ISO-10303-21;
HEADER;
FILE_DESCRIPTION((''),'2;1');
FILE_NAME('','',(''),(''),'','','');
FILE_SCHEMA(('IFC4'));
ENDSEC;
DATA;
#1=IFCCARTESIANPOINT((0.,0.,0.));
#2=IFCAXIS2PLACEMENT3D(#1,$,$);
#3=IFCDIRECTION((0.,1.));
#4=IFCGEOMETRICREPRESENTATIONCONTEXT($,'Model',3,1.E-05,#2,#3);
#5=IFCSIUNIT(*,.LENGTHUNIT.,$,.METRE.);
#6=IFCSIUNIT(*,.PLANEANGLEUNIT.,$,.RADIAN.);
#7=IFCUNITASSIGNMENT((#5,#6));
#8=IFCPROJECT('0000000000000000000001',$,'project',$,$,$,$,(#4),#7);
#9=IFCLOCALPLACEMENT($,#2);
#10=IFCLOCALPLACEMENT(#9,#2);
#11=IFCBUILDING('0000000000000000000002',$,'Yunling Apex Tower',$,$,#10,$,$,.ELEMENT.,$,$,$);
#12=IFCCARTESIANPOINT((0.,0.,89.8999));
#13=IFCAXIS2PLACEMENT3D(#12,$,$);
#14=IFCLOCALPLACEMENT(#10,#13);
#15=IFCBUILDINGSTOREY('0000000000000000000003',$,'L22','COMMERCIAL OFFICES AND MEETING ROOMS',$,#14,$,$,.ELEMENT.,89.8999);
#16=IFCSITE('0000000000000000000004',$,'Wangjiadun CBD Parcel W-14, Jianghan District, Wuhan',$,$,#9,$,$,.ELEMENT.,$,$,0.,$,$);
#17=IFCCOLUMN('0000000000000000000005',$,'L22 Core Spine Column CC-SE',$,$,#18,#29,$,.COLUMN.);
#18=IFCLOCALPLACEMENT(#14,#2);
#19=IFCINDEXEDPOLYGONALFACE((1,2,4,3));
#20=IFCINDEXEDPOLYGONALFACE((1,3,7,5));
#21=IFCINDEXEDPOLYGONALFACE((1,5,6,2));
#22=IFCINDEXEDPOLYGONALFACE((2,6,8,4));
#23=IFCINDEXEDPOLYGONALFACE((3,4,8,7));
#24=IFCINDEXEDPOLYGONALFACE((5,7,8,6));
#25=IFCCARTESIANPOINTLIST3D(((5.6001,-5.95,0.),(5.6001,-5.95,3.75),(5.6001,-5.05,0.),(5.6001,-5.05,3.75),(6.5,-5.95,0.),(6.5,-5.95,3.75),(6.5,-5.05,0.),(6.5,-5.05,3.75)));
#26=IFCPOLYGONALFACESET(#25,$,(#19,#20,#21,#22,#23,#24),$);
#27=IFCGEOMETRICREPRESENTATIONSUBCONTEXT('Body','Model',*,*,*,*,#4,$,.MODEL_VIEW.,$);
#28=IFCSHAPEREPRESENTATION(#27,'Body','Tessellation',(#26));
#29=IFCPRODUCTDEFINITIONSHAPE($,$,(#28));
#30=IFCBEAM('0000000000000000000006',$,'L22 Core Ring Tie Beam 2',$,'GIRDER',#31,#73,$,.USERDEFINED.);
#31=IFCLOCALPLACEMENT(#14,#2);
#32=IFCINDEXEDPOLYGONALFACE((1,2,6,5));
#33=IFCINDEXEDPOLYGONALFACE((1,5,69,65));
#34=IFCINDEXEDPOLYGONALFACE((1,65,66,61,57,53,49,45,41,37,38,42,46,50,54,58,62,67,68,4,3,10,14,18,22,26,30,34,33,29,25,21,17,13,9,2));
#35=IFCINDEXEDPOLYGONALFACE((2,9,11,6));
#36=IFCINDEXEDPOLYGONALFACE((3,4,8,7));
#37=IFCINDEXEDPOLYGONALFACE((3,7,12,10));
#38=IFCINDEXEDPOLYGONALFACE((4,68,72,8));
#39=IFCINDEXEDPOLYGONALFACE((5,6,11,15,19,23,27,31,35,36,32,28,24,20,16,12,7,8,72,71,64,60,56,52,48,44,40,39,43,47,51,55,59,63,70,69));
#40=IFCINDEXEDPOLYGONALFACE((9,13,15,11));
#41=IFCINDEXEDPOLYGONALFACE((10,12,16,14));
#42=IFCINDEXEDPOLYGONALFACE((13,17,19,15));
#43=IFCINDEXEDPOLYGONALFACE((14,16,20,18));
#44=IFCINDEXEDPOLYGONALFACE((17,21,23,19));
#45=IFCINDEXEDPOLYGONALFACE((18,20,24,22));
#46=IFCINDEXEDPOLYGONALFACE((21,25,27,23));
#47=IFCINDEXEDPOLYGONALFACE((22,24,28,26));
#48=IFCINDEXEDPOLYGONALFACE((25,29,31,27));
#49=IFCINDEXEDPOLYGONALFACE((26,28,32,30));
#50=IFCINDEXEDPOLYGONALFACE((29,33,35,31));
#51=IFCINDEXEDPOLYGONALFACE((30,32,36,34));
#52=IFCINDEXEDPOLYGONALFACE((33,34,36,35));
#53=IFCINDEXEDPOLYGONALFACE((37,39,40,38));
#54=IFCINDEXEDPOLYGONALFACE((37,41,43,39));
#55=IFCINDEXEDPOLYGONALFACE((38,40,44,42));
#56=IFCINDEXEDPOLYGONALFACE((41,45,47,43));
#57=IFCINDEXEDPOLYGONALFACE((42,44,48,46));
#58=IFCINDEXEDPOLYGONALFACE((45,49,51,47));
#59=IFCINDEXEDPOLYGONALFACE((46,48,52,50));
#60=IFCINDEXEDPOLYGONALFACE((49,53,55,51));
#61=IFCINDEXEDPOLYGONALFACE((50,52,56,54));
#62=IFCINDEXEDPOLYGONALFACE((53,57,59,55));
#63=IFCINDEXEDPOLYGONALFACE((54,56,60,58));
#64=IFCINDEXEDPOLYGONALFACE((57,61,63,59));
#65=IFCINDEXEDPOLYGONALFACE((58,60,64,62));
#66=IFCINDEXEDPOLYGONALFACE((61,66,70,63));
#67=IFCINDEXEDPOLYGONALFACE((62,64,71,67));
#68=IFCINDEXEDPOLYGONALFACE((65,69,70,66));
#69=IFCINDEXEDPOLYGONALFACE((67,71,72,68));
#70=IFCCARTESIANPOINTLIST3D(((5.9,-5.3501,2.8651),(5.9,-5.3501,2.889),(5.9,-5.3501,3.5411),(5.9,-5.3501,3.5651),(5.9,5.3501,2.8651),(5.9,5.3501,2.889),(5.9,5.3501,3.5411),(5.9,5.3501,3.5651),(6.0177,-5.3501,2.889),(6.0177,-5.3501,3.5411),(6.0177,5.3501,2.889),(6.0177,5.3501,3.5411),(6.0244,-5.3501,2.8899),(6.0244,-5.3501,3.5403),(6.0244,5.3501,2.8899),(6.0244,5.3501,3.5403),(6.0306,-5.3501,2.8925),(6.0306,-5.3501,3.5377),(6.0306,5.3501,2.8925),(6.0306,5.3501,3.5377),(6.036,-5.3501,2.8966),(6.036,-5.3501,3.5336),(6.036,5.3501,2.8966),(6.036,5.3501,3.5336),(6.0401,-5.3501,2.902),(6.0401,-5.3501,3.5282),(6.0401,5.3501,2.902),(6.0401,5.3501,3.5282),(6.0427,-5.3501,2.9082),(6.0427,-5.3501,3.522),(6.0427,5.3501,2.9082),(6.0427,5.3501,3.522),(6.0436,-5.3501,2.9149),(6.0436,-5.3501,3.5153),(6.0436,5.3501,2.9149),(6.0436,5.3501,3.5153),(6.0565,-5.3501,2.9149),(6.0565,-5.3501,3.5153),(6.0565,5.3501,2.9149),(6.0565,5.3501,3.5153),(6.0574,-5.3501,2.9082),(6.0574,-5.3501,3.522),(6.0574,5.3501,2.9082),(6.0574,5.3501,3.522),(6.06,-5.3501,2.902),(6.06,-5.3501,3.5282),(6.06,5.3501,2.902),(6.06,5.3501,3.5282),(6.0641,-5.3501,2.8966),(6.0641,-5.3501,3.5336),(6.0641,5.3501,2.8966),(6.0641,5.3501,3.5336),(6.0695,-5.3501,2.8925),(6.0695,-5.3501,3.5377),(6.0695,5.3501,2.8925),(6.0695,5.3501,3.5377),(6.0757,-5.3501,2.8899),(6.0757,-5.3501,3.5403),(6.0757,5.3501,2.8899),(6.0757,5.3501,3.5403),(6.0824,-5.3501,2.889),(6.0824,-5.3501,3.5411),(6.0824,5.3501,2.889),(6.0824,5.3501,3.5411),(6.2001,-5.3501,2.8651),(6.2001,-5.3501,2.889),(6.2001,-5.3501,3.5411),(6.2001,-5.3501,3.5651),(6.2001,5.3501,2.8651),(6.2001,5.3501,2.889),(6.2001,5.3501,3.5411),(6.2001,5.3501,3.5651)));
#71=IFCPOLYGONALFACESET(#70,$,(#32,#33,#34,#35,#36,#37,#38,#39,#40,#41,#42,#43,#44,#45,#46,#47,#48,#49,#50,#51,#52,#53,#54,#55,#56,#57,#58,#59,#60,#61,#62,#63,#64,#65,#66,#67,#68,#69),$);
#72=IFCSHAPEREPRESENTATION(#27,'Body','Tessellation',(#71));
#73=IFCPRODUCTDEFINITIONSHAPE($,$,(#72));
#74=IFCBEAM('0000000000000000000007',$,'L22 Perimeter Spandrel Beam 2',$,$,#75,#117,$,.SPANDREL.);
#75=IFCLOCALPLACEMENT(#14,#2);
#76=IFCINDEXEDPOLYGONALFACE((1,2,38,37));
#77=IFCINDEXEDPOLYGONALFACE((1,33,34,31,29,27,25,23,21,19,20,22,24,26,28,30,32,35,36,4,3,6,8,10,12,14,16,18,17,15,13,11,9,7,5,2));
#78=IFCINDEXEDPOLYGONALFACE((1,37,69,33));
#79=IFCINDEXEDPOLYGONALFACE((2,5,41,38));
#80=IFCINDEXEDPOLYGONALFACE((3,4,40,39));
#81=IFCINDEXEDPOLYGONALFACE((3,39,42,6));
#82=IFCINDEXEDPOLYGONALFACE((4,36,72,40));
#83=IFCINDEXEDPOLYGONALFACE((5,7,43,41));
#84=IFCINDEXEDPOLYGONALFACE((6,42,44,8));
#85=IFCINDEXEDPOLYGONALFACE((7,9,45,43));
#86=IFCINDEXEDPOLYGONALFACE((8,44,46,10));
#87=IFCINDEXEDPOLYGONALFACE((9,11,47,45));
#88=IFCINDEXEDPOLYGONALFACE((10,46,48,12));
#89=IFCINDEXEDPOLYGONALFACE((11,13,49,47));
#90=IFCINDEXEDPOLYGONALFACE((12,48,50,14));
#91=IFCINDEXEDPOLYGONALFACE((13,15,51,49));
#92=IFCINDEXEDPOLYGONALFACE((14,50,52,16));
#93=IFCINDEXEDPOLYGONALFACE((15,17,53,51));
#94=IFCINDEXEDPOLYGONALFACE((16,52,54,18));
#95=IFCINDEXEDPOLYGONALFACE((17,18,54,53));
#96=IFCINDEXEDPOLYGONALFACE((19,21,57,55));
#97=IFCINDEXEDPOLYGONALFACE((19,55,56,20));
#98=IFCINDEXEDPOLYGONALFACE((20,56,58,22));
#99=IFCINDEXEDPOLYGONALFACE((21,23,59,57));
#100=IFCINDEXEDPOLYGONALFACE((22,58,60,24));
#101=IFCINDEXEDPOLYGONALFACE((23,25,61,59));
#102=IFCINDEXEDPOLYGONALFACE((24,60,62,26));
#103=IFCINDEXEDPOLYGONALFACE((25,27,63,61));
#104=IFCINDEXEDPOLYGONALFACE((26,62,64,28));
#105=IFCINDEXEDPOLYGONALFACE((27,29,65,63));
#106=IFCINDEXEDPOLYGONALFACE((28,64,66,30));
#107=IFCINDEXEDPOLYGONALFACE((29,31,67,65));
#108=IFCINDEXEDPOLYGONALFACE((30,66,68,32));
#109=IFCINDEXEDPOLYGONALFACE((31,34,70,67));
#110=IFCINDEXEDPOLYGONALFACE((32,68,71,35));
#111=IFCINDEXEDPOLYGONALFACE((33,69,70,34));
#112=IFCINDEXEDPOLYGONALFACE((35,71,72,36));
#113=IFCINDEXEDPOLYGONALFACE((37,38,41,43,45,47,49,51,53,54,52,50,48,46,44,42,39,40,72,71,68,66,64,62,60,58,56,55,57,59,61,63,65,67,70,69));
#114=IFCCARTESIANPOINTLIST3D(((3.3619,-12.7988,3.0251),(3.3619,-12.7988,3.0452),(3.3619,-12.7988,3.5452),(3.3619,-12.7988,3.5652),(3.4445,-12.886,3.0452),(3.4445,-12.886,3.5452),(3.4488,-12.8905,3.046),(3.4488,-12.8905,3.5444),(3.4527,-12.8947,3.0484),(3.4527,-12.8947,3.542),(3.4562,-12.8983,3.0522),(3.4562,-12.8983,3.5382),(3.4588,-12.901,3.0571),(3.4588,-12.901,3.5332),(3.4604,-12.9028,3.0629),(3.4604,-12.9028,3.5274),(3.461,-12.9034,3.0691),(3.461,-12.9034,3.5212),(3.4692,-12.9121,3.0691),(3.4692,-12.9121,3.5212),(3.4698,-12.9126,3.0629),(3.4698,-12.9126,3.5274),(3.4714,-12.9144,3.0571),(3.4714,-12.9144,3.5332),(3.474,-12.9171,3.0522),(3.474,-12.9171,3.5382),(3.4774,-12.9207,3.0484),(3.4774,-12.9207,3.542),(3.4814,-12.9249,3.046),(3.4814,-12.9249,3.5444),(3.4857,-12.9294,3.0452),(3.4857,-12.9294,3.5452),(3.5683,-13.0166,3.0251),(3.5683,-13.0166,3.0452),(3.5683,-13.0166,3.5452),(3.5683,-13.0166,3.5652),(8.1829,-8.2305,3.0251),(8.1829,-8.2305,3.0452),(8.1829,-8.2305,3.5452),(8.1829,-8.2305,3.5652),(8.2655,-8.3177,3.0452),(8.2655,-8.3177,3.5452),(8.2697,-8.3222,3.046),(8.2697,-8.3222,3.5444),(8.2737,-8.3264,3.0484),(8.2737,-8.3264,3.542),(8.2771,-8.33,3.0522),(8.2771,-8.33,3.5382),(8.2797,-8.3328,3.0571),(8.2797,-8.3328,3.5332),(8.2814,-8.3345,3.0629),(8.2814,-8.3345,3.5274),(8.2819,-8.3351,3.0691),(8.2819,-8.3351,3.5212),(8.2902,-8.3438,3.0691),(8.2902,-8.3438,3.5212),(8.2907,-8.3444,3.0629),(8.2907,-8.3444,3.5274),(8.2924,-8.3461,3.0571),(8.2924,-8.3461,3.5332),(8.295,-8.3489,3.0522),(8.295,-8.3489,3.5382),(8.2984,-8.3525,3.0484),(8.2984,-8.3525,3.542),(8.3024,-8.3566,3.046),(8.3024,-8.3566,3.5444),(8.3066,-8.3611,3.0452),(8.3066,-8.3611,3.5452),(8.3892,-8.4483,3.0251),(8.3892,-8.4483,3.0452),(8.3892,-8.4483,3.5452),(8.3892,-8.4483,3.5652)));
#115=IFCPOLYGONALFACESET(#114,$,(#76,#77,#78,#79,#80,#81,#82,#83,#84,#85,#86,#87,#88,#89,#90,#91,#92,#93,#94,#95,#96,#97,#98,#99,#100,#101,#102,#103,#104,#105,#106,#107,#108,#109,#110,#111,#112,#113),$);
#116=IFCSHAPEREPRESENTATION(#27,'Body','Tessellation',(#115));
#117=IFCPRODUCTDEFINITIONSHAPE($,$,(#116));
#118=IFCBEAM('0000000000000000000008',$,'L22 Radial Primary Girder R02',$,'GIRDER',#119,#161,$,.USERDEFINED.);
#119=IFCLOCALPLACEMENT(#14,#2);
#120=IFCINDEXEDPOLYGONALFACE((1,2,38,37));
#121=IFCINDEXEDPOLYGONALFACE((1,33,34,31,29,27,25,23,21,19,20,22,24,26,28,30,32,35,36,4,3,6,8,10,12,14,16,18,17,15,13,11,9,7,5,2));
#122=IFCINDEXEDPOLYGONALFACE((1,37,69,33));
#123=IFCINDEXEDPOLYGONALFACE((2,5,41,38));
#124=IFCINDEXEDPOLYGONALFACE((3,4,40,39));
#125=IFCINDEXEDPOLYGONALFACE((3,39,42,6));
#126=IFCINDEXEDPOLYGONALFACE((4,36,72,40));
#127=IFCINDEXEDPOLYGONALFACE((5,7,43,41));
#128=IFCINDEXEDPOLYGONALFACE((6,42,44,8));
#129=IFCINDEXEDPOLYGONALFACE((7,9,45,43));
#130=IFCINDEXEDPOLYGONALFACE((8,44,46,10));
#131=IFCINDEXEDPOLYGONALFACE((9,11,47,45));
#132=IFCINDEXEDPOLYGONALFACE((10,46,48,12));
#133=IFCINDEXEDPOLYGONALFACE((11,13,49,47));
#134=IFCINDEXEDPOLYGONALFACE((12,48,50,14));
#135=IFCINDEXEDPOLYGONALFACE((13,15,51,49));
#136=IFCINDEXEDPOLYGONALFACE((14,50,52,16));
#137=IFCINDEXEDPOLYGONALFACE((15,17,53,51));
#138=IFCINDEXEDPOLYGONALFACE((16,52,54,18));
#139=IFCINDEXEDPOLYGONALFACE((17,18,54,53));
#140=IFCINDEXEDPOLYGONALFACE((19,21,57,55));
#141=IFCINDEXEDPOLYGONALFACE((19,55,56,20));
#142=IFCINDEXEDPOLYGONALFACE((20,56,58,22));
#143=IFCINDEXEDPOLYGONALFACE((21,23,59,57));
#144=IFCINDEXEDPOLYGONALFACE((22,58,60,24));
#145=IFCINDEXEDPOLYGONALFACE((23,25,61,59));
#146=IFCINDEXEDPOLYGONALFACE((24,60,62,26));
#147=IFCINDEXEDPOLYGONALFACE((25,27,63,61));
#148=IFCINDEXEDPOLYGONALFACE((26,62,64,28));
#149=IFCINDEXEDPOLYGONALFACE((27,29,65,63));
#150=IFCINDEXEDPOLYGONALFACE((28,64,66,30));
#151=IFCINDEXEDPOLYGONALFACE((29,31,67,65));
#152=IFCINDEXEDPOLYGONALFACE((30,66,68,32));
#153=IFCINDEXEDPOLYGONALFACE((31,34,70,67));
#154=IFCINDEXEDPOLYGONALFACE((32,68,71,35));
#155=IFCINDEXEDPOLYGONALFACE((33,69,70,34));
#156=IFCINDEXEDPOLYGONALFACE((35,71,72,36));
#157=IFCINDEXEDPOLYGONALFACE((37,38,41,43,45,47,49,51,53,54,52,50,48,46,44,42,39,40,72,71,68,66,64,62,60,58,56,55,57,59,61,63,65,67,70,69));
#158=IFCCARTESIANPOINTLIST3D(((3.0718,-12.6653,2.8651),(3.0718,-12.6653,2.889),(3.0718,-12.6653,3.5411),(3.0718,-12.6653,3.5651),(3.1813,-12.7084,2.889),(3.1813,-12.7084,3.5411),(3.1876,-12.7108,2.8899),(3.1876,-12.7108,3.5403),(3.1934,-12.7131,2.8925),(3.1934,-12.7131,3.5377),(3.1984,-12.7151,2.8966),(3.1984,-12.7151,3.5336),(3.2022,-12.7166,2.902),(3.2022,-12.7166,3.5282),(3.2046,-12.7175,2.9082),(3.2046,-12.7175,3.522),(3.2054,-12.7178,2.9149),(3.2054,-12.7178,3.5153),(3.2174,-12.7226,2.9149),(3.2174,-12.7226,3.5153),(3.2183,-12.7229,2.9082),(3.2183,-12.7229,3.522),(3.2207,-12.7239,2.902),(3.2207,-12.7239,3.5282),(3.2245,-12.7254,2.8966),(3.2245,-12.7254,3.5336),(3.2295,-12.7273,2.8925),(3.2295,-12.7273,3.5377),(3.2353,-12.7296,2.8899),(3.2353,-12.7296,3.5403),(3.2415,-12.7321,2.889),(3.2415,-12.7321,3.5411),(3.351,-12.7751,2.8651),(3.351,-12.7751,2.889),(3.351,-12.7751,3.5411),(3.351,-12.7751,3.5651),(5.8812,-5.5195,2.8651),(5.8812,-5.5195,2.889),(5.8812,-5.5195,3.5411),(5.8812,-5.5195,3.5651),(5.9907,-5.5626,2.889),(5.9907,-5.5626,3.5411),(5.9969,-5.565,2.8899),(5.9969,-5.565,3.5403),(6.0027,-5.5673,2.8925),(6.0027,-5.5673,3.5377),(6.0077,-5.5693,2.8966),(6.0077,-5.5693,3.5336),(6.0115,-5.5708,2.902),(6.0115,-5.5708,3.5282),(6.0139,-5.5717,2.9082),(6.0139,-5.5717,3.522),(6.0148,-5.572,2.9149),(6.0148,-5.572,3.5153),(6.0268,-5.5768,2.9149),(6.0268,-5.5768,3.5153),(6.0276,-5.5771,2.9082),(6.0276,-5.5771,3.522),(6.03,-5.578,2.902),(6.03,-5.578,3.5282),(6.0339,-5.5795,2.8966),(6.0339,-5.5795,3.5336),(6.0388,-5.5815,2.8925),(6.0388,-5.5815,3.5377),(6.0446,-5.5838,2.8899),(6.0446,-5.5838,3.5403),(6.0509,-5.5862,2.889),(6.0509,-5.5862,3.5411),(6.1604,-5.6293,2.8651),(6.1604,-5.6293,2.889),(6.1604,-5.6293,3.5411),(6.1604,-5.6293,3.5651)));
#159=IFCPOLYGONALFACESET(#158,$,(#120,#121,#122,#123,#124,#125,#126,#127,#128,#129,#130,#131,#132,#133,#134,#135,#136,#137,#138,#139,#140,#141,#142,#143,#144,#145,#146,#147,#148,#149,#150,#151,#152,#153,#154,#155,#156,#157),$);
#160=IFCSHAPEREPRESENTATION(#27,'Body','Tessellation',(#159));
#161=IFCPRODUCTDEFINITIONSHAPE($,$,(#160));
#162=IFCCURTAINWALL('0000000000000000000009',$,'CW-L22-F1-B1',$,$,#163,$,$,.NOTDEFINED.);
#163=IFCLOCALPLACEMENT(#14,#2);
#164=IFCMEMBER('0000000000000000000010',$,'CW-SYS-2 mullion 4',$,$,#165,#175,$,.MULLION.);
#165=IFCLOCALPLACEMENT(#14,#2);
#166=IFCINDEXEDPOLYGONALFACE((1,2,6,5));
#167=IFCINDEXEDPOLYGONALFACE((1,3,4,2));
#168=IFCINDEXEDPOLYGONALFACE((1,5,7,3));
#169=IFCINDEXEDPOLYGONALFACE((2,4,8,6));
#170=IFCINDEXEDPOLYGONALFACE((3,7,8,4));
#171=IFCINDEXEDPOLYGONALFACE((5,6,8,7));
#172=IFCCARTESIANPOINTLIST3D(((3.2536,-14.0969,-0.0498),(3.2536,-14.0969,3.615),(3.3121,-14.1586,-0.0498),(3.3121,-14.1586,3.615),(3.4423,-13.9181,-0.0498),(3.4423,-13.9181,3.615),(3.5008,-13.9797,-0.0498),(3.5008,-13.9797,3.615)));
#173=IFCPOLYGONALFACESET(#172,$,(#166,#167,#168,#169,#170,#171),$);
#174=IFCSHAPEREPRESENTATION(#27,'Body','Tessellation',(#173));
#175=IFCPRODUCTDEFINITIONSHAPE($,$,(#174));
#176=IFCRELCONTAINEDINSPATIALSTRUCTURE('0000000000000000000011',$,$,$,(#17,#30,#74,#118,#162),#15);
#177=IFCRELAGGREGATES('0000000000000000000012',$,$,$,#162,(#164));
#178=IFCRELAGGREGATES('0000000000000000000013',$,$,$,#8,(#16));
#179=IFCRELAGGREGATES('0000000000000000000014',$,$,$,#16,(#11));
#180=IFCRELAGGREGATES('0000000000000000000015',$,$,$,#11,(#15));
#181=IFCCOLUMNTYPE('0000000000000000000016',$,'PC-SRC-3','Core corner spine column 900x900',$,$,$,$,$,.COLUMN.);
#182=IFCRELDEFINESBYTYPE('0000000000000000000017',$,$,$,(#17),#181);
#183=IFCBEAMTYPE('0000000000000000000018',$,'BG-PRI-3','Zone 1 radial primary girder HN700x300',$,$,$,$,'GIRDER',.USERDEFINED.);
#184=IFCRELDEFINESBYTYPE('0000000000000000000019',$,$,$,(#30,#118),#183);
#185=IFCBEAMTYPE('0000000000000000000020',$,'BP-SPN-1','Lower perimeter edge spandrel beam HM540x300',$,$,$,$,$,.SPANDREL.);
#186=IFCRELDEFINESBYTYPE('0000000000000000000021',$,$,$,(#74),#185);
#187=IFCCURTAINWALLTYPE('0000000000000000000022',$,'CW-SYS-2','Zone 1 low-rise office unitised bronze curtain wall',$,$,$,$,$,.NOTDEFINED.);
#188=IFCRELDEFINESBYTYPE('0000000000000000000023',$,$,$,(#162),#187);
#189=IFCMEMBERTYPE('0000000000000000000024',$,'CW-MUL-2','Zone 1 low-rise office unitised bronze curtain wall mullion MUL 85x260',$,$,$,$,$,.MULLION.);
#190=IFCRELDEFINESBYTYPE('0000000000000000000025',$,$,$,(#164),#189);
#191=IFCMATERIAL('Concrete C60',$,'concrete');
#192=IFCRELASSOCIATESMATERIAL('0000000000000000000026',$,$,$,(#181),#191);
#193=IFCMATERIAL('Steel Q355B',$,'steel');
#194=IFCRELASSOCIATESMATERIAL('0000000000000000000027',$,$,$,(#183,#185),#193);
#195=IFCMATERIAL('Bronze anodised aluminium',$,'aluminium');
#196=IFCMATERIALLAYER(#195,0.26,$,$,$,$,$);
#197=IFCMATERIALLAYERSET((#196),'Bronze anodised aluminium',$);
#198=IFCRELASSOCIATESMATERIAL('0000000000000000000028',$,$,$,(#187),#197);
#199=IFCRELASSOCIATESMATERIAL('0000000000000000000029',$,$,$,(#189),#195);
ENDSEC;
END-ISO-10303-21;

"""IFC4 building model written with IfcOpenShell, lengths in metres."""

from ifc_helpers import new_model, si_unit, direction, frame, origin, origin_2d, place, context, subcontext, project, spatial, rectangle, i_section, extrude, source, transform, mapped, material, layer, layer_set, material_profile, profile_set, type_object, element, aggregate, save


model = new_model("IFC4")

# Units and contexts
model_context = context("Model", 3, precision=1e-05, world=origin(), true_north=direction((0.0, 1.0)))
body_context = subcontext(model_context, "Body", "Model", "MODEL_VIEW")
ifc_project = project(units=[si_unit("LENGTHUNIT", "METRE"), si_unit("PLANEANGLEUNIT", "RADIAN")], contexts=[model_context])

# Site, building, storey
site_placement = place(None, origin())
site = spatial("IfcSite", under=ifc_project, at=site_placement, Name="Wangjiadun CBD Parcel W-14, Jianghan District, Wuhan", CompositionType="ELEMENT", RefElevation=0.0)
building_placement = place(site_placement, origin())
building = spatial("IfcBuilding", under=site, at=building_placement, Name="Yunling Apex Tower", CompositionType="ELEMENT")
storey_placement = place(building_placement, frame((0.0, 0.0, 89.8999)))
storey = spatial("IfcBuildingStorey", under=building, at=storey_placement, Name="L22", Description="COMMERCIAL OFFICES AND MEETING ROOMS", CompositionType="ELEMENT", Elevation=89.8999)

# Column
ifc_material_1 = material(Name="Concrete C60", Category="concrete")
ifc_material_profile_1 = material_profile(ifc_material_1, rectangle(XDim=0.8999, YDim=0.8999, at=origin_2d()))
ifc_profile_set_1 = profile_set([ifc_material_profile_1], Name="Concrete C60")
column_type = type_object("IfcColumnType", Name="PC-SRC-3", Description="Core corner spine column 900x900", PredefinedType="COLUMN", material=ifc_profile_set_1)
shared_shape_1 = source(origin(), body_context, "Body", "SweptSolid", [
    extrude(rectangle(XDim=0.8999, YDim=0.8999, at=origin_2d()), origin(), (0.0, 0.0, 1.0), 3.75),
])
column_placement = place(storey_placement, frame((6.05, -5.5, 0.0), z_axis=(0.0, 0.0, 1.0), x_axis=(1.0, 0.0, 0.0)))
element("IfcColumn", 1, at=column_placement, inside=storey, type_object=column_type, Name="L22 Core Spine Column CC-SE", PredefinedType="COLUMN", context=body_context, shape_type="MappedRepresentation", body=[
    mapped(shared_shape_1, transform((0.0, 0.0, 0.0), scale=1.0)),
])

# Beams
ifc_material_2 = material(Name="Steel Q355B", Category="steel")
ifc_material_profile_2 = material_profile(ifc_material_2, i_section(OverallWidth=0.3, OverallDepth=0.7, WebThickness=0.0129, FlangeThickness=0.0239, FilletRadius=0.0259, at=origin_2d()))
ifc_profile_set_2 = profile_set([ifc_material_profile_2], Name="Steel Q355B")
beam_type_1 = type_object("IfcBeamType", Name="BG-PRI-3", Description="Zone 1 radial primary girder HN700x300", ElementType="GIRDER", PredefinedType="USERDEFINED", material=ifc_profile_set_2)
shared_shape_2 = source(origin(), body_context, "Body", "SweptSolid", [
    extrude(i_section(OverallWidth=0.3, OverallDepth=0.7, WebThickness=0.0129, FlangeThickness=0.0239, FilletRadius=0.0259, at=origin_2d()), origin(), (0.0, 0.0, 1.0), 10.7002),
])
beam_1_placement = place(storey_placement, frame((6.05, -5.3501, 3.2151), z_axis=(0.0, 1.0, 0.0), x_axis=(-1.0, 0.0, 0.0)))
element("IfcBeam", 2, at=beam_1_placement, inside=storey, type_object=beam_type_1, Name="L22 Core Ring Tie Beam 2", ObjectType="GIRDER", PredefinedType="USERDEFINED", context=body_context, shape_type="MappedRepresentation", body=[
    mapped(shared_shape_2, transform((0.0, 0.0, 0.0), scale=1.0)),
])
ifc_material_profile_3 = material_profile(ifc_material_2, i_section(OverallWidth=0.3, OverallDepth=0.54, WebThickness=0.012, FlangeThickness=0.02, FilletRadius=0.0239, at=origin_2d()))
ifc_profile_set_3 = profile_set([ifc_material_profile_3], Name="Steel Q355B")
beam_type_2 = type_object("IfcBeamType", Name="BP-SPN-1", Description="Lower perimeter edge spandrel beam HM540x300", PredefinedType="SPANDREL", material=ifc_profile_set_3)
shared_shape_3 = source(origin(), body_context, "Body", "SweptSolid", [
    extrude(i_section(OverallWidth=0.3, OverallDepth=0.54, WebThickness=0.012, FlangeThickness=0.02, FilletRadius=0.0239, at=origin_2d()), origin(), (0.0, 0.0, 1.0), 6.6416),
])
beam_2_placement = place(storey_placement, frame((3.4651, -12.9077, 3.2952), z_axis=(0.725873, 0.687828, 0.0), x_axis=(-0.687828, 0.725873, 0.0)))
element("IfcBeam", 3, at=beam_2_placement, inside=storey, type_object=beam_type_2, Name="L22 Perimeter Spandrel Beam 2", PredefinedType="SPANDREL", context=body_context, shape_type="MappedRepresentation", body=[
    mapped(shared_shape_3, transform((0.0, 0.0, 0.0), scale=1.0)),
])
shared_shape_4 = source(origin(), body_context, "Body", "SweptSolid", [
    extrude(i_section(OverallWidth=0.3, OverallDepth=0.7, WebThickness=0.0129, FlangeThickness=0.0239, FilletRadius=0.0259, at=origin_2d()), origin(), (0.0, 0.0, 1.0), 7.6782),
])
beam_3_placement = place(storey_placement, frame((3.2114, -12.7202, 3.2151), z_axis=(0.365886, 0.93066, 0.0), x_axis=(-0.93066, 0.365886, 0.0)))
element("IfcBeam", 4, at=beam_3_placement, inside=storey, type_object=beam_type_1, Name="L22 Radial Primary Girder R02", ObjectType="GIRDER", PredefinedType="USERDEFINED", context=body_context, shape_type="MappedRepresentation", body=[
    mapped(shared_shape_4, transform((0.0, 0.0, 0.0), scale=1.0)),
])

# Curtain wall, member
ifc_material_3 = material(Name="Bronze anodised aluminium", Category="aluminium")
ifc_layer_1 = layer(ifc_material_3, 0.26)
ifc_layer_set_1 = layer_set([ifc_layer_1], Name="Bronze anodised aluminium")
curtain_wall_type = type_object("IfcCurtainWallType", Name="CW-SYS-2", Description="Zone 1 low-rise office unitised bronze curtain wall", PredefinedType="NOTDEFINED", material=ifc_layer_set_1)
curtain_wall_1_placement = place(storey_placement, origin())
curtain_wall_1 = element("IfcCurtainWall", 5, at=curtain_wall_1_placement, inside=storey, type_object=curtain_wall_type, Name="CW-L22-F1-B1", PredefinedType="NOTDEFINED")
ifc_material_profile_4 = material_profile(ifc_material_3, rectangle(XDim=0.085, YDim=0.26, at=origin_2d()))
ifc_profile_set_4 = profile_set([ifc_material_profile_4], Name="Bronze anodised aluminium")
member_type_1 = type_object("IfcMemberType", Name="CW-MUL-2", Description="Zone 1 low-rise office unitised bronze curtain wall mullion MUL 85x260", PredefinedType="MULLION", material=ifc_profile_set_4)
shared_shape_5 = source(origin(), body_context, "Body", "SweptSolid", [
    extrude(rectangle(XDim=0.085, YDim=0.26, at=origin_2d()), origin(), (0.0, 0.0, 1.0), 3.6648),
])
member_1_placement = place(storey_placement, frame((3.3772, -14.0383, -0.0498), z_axis=(0.0, 0.0, 1.0), x_axis=(-0.687861, 0.725842, 0.0)))
member_1 = element("IfcMember", 6, at=member_1_placement, type_object=member_type_1, Name="CW-SYS-2 mullion 4", PredefinedType="MULLION", context=body_context, shape_type="MappedRepresentation", body=[
    mapped(shared_shape_5, transform((0.0, 0.0, 0.0), scale=1.0)),
])
aggregate(curtain_wall_1, [member_1])

save(model, "model.ifc")
